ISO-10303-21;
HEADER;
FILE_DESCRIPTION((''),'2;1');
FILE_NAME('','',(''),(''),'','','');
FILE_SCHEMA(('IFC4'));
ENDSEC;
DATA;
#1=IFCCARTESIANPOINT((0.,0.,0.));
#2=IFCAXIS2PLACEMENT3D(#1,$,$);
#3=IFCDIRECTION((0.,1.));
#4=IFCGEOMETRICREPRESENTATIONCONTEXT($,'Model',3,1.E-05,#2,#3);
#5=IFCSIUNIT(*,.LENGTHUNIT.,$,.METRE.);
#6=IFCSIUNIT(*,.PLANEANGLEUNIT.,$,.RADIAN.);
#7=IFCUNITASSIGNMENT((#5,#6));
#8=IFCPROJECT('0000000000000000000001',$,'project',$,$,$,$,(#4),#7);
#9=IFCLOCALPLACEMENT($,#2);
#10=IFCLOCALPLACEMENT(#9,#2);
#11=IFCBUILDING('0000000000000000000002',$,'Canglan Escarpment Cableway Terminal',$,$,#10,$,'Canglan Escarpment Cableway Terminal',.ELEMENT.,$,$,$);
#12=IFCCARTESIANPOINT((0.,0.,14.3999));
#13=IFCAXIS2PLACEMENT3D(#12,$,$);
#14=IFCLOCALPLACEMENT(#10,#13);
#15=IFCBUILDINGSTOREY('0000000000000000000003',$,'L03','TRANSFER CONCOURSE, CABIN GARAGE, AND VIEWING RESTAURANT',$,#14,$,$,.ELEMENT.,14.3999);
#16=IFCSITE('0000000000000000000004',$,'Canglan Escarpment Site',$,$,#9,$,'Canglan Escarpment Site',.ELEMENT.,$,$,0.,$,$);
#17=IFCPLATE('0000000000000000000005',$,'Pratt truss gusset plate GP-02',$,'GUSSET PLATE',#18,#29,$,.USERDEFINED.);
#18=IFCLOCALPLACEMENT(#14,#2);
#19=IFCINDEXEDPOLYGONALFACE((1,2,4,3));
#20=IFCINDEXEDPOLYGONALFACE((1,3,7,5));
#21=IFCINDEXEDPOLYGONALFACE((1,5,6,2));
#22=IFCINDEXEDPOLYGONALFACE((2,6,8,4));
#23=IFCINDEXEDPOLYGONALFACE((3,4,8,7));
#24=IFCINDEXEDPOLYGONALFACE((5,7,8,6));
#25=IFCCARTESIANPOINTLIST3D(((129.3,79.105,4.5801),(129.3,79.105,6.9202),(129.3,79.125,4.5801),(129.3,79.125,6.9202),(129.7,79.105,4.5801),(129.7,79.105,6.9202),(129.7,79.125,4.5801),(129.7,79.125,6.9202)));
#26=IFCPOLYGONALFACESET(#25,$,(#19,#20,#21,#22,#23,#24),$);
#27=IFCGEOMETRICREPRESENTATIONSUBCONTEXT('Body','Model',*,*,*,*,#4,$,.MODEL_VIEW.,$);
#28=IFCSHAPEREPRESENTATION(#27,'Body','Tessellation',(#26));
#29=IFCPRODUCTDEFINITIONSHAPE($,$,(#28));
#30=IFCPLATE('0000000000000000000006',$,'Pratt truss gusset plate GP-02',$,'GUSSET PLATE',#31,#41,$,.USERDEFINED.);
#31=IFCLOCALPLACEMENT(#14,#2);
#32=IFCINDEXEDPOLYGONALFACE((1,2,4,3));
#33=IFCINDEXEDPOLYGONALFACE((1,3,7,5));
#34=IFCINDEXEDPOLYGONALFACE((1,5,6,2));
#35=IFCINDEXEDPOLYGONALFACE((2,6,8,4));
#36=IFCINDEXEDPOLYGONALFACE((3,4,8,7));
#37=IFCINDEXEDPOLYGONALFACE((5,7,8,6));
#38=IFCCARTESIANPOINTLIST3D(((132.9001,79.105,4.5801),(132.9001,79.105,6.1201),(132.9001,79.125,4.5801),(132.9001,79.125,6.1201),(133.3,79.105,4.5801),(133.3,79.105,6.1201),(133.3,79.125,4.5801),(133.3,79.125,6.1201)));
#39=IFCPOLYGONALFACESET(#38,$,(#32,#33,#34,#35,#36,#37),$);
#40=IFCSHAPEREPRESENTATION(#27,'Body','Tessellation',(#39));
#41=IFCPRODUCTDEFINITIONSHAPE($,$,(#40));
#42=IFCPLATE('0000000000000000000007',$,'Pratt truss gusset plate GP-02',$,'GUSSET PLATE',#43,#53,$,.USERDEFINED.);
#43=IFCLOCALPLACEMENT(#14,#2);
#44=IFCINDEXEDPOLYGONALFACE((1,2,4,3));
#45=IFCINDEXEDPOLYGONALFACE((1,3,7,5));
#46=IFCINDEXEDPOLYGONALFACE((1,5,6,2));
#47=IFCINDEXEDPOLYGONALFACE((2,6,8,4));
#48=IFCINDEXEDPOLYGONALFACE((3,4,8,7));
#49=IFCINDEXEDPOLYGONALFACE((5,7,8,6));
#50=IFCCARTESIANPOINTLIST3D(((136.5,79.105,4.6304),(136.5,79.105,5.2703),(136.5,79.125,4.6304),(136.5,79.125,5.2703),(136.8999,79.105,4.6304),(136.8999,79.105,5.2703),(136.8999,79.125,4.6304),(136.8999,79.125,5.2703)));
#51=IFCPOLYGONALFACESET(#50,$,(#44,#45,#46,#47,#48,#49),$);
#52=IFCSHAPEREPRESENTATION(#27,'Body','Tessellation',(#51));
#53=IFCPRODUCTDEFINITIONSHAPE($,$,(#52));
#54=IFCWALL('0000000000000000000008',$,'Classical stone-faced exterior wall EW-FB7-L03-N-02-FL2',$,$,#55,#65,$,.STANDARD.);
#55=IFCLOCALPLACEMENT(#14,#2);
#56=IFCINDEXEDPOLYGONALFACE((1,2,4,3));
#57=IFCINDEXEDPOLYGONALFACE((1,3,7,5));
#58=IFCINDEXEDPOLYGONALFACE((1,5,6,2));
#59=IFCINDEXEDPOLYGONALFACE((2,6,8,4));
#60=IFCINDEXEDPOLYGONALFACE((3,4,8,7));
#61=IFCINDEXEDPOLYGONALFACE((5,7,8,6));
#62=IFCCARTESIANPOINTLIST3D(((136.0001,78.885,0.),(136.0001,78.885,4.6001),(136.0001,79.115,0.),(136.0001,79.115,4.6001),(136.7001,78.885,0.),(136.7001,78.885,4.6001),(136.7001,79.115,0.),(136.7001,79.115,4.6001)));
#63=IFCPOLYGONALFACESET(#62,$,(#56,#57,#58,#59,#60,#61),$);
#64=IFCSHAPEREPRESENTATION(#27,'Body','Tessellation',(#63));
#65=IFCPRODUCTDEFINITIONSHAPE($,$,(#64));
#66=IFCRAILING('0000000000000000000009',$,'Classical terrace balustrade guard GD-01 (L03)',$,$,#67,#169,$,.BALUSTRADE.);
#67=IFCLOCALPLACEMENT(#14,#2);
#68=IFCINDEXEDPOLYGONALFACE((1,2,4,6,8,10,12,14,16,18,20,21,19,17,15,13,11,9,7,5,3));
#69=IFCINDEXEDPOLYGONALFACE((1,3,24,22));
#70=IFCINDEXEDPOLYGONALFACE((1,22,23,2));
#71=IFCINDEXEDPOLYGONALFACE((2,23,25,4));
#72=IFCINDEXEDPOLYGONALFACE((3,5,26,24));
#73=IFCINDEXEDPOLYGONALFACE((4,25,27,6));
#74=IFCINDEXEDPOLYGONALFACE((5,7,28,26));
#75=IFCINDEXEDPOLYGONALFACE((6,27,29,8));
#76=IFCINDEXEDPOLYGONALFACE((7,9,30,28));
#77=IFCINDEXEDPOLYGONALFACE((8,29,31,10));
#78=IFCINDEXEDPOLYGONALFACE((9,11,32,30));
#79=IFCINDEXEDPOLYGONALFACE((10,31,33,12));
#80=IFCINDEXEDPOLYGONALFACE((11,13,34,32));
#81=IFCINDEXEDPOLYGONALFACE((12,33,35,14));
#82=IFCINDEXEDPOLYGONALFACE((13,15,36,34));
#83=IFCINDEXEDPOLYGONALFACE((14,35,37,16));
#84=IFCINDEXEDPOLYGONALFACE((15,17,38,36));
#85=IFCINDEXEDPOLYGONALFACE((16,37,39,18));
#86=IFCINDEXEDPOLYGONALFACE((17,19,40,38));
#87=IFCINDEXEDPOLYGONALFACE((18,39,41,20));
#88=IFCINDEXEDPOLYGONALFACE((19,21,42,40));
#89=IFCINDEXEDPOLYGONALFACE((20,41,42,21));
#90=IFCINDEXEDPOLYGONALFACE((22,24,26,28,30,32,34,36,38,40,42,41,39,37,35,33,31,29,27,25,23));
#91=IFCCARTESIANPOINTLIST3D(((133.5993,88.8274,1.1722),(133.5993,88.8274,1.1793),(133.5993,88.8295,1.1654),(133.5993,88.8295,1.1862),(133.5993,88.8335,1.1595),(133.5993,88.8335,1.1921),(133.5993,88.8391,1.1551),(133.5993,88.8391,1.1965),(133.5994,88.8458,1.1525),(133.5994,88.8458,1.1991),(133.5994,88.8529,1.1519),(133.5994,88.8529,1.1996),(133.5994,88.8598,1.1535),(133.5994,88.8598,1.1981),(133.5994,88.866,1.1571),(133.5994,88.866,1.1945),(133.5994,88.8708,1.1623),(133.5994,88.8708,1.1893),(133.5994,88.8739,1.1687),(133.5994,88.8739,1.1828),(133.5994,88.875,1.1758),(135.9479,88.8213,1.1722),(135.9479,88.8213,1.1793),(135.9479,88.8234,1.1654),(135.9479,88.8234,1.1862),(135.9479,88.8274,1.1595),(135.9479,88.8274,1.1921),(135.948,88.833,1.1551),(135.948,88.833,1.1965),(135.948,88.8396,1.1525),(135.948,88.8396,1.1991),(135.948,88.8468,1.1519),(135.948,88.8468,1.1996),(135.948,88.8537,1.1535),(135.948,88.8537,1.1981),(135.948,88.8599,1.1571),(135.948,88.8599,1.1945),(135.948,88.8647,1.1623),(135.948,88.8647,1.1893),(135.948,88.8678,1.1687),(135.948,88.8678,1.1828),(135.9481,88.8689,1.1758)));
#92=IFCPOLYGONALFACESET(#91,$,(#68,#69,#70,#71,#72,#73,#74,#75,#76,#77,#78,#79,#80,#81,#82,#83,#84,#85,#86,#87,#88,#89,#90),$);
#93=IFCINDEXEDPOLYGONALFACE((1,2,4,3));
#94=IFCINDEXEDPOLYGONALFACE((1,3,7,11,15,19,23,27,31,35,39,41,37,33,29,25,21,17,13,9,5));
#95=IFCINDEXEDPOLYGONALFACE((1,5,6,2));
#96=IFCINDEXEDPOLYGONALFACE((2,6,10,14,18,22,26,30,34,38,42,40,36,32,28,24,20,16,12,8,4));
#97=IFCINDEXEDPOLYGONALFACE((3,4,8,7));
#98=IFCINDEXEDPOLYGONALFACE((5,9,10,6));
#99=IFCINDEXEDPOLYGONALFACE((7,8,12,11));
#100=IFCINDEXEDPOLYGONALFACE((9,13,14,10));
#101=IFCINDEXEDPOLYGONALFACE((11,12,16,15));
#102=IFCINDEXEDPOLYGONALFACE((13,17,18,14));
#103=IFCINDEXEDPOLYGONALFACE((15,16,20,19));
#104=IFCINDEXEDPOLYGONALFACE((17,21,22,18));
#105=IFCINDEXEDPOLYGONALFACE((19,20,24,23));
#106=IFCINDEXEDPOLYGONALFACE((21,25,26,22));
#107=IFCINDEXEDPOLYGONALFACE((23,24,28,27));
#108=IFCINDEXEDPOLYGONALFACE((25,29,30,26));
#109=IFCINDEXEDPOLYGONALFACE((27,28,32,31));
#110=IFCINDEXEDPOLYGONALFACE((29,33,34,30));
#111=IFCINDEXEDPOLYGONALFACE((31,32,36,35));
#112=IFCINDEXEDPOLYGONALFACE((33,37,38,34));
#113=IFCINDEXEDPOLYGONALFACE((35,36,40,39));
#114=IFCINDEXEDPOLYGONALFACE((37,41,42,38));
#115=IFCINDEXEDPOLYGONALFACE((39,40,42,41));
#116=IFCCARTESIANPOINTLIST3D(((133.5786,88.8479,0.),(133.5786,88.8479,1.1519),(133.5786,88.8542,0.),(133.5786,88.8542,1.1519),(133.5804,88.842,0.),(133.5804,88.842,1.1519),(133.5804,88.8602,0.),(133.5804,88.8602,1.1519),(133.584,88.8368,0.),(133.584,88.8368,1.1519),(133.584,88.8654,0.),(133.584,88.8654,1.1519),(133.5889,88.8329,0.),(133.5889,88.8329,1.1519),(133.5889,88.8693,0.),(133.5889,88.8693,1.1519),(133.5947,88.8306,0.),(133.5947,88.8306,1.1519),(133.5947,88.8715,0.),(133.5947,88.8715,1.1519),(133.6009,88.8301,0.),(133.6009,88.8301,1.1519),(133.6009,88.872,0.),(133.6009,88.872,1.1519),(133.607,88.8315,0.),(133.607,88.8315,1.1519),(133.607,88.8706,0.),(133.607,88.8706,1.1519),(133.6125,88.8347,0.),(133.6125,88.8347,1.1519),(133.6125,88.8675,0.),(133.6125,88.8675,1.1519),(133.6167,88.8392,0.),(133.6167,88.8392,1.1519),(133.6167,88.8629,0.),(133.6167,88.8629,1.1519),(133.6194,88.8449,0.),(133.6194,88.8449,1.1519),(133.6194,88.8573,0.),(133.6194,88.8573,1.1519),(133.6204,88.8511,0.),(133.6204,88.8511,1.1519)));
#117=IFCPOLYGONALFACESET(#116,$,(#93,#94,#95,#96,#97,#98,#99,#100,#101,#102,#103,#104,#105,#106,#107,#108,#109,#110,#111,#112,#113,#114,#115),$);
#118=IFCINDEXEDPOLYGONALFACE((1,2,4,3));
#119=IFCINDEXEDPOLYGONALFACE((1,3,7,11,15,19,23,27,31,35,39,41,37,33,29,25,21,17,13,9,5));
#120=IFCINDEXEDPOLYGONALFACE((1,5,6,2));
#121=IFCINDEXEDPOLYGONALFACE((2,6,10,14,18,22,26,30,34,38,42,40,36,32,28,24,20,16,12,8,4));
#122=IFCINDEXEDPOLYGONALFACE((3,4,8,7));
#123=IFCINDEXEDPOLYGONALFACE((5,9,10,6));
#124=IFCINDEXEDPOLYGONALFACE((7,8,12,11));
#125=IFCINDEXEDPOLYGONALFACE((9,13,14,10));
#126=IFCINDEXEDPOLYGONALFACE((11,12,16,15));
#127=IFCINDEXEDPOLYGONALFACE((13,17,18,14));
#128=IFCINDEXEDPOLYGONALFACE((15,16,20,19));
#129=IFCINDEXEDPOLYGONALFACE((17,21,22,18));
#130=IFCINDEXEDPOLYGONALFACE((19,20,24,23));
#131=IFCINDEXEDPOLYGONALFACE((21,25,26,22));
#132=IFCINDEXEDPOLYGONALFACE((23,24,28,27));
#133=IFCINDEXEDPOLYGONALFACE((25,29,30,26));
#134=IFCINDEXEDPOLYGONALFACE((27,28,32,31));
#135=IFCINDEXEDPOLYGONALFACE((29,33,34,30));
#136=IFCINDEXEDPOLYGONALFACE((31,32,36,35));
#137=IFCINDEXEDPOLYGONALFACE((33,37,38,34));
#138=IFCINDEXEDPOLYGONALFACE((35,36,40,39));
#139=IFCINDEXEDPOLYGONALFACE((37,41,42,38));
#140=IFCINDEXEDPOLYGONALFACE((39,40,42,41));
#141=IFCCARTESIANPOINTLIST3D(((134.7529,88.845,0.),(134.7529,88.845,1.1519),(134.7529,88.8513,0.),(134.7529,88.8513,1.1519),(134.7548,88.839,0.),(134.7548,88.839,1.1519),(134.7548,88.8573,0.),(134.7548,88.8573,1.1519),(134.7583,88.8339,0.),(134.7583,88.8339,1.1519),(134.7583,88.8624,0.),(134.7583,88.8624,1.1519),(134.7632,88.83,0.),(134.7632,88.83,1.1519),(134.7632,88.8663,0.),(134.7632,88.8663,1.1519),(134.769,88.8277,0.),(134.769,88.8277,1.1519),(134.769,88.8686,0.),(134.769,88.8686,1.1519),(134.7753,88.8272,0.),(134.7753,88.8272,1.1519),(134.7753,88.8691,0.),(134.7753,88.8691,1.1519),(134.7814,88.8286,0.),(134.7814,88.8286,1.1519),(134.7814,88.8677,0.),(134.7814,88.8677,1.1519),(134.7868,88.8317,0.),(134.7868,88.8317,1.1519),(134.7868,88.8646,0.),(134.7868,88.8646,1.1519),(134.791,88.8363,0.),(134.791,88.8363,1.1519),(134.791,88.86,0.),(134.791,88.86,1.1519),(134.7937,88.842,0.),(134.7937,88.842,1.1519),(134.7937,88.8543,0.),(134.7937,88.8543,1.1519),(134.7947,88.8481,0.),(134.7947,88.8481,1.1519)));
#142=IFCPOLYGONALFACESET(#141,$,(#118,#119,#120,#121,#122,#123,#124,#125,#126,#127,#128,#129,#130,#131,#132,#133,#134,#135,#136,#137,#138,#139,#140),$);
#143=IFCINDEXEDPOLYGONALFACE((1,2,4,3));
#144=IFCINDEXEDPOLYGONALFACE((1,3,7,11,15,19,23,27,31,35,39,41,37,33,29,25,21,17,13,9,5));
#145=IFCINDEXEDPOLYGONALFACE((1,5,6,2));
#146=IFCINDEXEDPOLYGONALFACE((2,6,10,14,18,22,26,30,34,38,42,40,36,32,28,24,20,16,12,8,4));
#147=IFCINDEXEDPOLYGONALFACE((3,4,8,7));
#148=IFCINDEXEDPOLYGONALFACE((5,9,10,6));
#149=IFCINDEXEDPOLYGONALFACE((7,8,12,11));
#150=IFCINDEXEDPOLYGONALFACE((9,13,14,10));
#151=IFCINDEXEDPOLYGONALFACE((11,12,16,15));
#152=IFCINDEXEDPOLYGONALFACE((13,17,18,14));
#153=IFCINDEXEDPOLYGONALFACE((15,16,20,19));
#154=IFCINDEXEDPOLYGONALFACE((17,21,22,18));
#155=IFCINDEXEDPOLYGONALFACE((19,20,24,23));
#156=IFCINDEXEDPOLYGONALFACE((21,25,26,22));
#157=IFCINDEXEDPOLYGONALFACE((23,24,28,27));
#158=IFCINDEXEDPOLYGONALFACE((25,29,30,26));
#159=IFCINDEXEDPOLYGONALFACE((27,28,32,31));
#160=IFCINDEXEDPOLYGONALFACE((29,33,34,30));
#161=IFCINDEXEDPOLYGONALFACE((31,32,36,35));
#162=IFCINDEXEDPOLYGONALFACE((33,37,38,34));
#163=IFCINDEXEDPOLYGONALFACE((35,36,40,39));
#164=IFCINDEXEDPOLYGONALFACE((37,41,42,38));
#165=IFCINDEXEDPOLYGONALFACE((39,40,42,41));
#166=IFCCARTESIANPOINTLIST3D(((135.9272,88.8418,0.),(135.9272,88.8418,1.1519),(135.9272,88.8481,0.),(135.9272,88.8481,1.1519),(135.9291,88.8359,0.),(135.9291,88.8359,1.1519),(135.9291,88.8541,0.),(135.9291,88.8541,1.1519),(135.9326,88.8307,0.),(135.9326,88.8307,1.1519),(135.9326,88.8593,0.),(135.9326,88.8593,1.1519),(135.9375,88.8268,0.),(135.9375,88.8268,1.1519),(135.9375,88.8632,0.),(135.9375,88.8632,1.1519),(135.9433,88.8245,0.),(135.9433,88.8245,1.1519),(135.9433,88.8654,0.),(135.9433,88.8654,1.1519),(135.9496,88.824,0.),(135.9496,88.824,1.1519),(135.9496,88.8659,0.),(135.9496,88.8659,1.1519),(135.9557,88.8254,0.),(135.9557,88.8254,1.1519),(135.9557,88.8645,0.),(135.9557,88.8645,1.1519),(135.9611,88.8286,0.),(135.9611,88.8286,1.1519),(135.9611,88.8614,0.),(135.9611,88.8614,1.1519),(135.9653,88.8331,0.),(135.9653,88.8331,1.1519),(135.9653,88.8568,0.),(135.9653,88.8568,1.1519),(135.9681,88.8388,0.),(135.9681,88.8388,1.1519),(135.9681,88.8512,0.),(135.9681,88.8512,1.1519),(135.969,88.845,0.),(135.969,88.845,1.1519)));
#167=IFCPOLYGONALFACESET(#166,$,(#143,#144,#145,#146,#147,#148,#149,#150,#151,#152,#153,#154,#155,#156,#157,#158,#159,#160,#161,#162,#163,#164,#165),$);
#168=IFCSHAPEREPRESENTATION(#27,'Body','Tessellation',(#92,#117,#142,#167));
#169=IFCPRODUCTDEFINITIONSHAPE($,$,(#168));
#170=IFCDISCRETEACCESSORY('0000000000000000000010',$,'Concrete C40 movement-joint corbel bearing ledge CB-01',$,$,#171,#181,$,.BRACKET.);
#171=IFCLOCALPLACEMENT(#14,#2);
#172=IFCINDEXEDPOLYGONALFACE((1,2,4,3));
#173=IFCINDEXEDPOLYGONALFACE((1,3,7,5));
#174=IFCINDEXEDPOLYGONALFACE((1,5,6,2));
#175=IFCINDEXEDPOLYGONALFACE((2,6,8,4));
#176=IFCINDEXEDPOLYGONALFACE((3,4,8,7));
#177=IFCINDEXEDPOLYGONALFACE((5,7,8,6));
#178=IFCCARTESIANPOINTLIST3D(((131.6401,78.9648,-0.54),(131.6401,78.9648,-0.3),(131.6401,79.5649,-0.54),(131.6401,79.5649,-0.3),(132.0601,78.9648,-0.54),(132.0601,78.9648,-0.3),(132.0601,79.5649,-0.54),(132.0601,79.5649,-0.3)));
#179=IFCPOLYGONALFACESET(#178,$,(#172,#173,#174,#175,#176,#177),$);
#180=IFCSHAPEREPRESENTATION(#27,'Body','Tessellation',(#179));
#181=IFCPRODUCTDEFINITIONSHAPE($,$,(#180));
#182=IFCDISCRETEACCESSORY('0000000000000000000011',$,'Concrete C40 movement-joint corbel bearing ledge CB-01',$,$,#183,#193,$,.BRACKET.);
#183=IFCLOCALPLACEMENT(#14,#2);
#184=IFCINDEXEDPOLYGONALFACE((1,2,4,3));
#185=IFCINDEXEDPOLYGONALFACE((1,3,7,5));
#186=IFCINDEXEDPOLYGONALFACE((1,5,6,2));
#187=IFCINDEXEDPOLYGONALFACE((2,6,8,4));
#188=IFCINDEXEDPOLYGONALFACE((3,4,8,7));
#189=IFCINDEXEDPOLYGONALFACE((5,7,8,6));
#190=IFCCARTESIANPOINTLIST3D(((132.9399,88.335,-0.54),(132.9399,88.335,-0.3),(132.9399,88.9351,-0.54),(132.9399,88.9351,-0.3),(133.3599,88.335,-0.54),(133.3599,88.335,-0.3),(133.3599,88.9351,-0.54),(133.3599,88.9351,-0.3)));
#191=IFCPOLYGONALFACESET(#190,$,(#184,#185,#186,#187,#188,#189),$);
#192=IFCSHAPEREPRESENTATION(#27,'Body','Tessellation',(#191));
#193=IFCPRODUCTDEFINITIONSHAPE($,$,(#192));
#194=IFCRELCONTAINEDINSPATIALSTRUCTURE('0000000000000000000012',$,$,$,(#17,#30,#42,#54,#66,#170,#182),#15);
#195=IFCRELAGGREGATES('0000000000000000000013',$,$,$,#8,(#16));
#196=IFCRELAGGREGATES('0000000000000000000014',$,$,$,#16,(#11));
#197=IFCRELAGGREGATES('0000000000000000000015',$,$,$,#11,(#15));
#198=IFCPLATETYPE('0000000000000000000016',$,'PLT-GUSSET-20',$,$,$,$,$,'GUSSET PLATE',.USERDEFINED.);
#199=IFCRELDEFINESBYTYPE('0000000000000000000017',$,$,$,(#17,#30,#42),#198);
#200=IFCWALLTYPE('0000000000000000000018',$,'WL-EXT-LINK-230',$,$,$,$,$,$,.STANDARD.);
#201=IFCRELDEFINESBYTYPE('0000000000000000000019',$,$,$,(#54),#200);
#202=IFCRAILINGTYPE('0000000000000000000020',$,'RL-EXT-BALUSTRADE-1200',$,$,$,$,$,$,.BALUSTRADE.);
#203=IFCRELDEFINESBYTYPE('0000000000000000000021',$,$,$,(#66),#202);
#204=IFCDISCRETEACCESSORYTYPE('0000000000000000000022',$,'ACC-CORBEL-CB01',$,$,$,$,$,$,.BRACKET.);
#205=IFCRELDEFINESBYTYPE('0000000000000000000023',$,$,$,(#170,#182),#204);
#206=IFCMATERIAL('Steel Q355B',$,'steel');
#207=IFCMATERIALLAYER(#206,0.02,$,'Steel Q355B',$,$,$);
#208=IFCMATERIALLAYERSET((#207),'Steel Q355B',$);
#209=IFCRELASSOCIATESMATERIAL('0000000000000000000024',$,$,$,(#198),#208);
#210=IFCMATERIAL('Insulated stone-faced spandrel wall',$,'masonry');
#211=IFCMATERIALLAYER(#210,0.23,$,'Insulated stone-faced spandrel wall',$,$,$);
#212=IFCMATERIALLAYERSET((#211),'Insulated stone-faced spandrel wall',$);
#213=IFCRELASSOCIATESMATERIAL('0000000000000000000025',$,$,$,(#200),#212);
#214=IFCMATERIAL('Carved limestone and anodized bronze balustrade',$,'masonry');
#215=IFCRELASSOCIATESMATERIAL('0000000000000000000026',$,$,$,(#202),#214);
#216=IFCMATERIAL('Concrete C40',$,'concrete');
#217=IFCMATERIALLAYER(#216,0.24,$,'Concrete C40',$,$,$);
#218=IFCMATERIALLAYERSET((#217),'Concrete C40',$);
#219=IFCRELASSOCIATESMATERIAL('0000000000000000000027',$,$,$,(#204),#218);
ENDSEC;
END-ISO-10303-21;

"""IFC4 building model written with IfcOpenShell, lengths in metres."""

from ifc_helpers import new_model, si_unit, direction, frame, frame_2d, origin, origin_2d, place, context, subcontext, project, spatial, rectangle, circle, extrude, material, layer, layer_set, type_object, element, save


model = new_model("IFC4")

# Units and contexts
model_context = context("Model", 3, precision=1e-05, world=origin(), true_north=direction((0.0, 1.0)))
body_context = subcontext(model_context, "Body", "Model", "MODEL_VIEW")
ifc_project = project(units=[si_unit("LENGTHUNIT", "METRE"), si_unit("PLANEANGLEUNIT", "RADIAN")], contexts=[model_context])

# Site, building, storey
site_placement = place(None, origin())
site = spatial("IfcSite", under=ifc_project, at=site_placement, Name="Canglan Escarpment Site", LongName="Canglan Escarpment Site", CompositionType="ELEMENT", RefElevation=0.0)
building_placement = place(site_placement, origin())
building = spatial("IfcBuilding", under=site, at=building_placement, Name="Canglan Escarpment Cableway Terminal", LongName="Canglan Escarpment Cableway Terminal", CompositionType="ELEMENT")
storey_placement = place(building_placement, frame((0.0, 0.0, 14.3999)))
storey = spatial("IfcBuildingStorey", under=building, at=storey_placement, Name="L03", Description="TRANSFER CONCOURSE, CABIN GARAGE, AND VIEWING RESTAURANT", CompositionType="ELEMENT", Elevation=14.3999)

# Shared definitions
ifc_material_1 = material(Name="Concrete C40", Category="concrete")

# Shared definitions
ifc_material_2 = material(Name="Steel Q355B", Category="steel")

# Plates
ifc_layer_1 = layer(ifc_material_2, 0.02, Name="Steel Q355B")
ifc_layer_set_1 = layer_set([ifc_layer_1], Name="Steel Q355B")
plate_type_1 = type_object("IfcPlateType", Name="PLT-GUSSET-20", ElementType="GUSSET PLATE", PredefinedType="USERDEFINED", material=ifc_layer_set_1)
plate_1_placement = place(storey_placement, frame((129.5, 79.115, 4.5801), z_axis=(0.0, 0.0, 1.0), x_axis=(1.0, 0.0, 0.0)))
element("IfcPlate", 1, at=plate_1_placement, inside=storey, type_object=plate_type_1, Name="Pratt truss gusset plate GP-02", ObjectType="GUSSET PLATE", PredefinedType="USERDEFINED", context=body_context, shape_type="SweptSolid", body=[
    extrude(rectangle(XDim=0.3999, YDim=0.02, at=origin_2d()), origin(), (0.0, 0.0, 1.0), 2.3401),
])
plate_2_placement = place(storey_placement, frame((133.1001, 79.115, 4.5801), z_axis=(0.0, 0.0, 1.0), x_axis=(1.0, 0.0, 0.0)))
element("IfcPlate", 2, at=plate_2_placement, inside=storey, type_object=plate_type_1, Name="Pratt truss gusset plate GP-02", ObjectType="GUSSET PLATE", PredefinedType="USERDEFINED", context=body_context, shape_type="SweptSolid", body=[
    extrude(rectangle(XDim=0.3999, YDim=0.02, at=origin_2d()), origin(), (0.0, 0.0, 1.0), 1.54),
])
plate_3_placement = place(storey_placement, frame((136.7, 79.115, 4.6304), z_axis=(0.0, 0.0, 1.0), x_axis=(1.0, 0.0, 0.0)))
element("IfcPlate", 3, at=plate_3_placement, inside=storey, type_object=plate_type_1, Name="Pratt truss gusset plate GP-02", ObjectType="GUSSET PLATE", PredefinedType="USERDEFINED", context=body_context, shape_type="SweptSolid", body=[
    extrude(rectangle(XDim=0.3999, YDim=0.02, at=origin_2d()), origin(), (0.0, 0.0, 1.0), 0.6399),
])

# Wall
ifc_material_3 = material(Name="Insulated stone-faced spandrel wall", Category="masonry")
ifc_layer_2 = layer(ifc_material_3, 0.23, Name="Insulated stone-faced spandrel wall")
ifc_layer_set_2 = layer_set([ifc_layer_2], Name="Insulated stone-faced spandrel wall")
wall_type = type_object("IfcWallType", Name="WL-EXT-LINK-230", PredefinedType="STANDARD", material=ifc_layer_set_2)
wall_placement = place(storey_placement, frame((136.0, 79.0, 0.0), z_axis=(0.0, 0.0, 1.0), x_axis=(1.0, 0.0, 0.0)))
element("IfcWall", 4, at=wall_placement, inside=storey, type_object=wall_type, Name="Classical stone-faced exterior wall EW-FB7-L03-N-02-FL2", PredefinedType="STANDARD", context=body_context, shape_type="SweptSolid", body=[
    extrude(rectangle(XDim=0.7, YDim=0.23, at=frame_2d((0.3501, 0.0))), origin(), (0.0, 0.0, 1.0), 4.6001),
])

# Railing
ifc_material_4 = material(Name="Carved limestone and anodized bronze balustrade", Category="masonry")
railing_type = type_object("IfcRailingType", Name="RL-EXT-BALUSTRADE-1200", PredefinedType="BALUSTRADE", material=ifc_material_4)
railing_1_placement = place(storey_placement, frame((133.5994, 88.8511, 0.0)))
element("IfcRailing", 5, at=railing_1_placement, inside=storey, type_object=railing_type, Name="Classical terrace balustrade guard GD-01 (L03)", PredefinedType="BALUSTRADE", context=body_context, shape_type="SweptSolid", body=[
    extrude(circle(Radius=0.0239, at=origin_2d()), frame((0.0, 0.0, 1.1758), z_axis=(0.999997, -0.002599, 0.0), x_axis=(0.002599, 0.999997, 0.0)), (0.0, 0.0, 1.0), 2.3486),
    extrude(circle(Radius=0.021, at=origin_2d()), origin(), (0.0, 0.0, 1.0), 1.1519),
    extrude(circle(Radius=0.021, at=origin_2d()), frame((1.1743, -0.0029, 0.0)), (0.0, 0.0, 1.0), 1.1519),
    extrude(circle(Radius=0.021, at=origin_2d()), frame((2.3486, -0.0061, 0.0)), (0.0, 0.0, 1.0), 1.1519),
])

# Discrete accessories
ifc_layer_3 = layer(ifc_material_1, 0.24, Name="Concrete C40")
ifc_layer_set_3 = layer_set([ifc_layer_3], Name="Concrete C40")
discrete_accessory_type_1 = type_object("IfcDiscreteAccessoryType", Name="ACC-CORBEL-CB01", PredefinedType="BRACKET", material=ifc_layer_set_3)
for number, where, z_axis, x_axis, name in (
    (6, (131.8501, 79.2649, -0.54), (0.0, 0.0, 1.0), (1.0, 0.0, 0.0), "Concrete C40 movement-joint corbel bearing ledge CB-01"),
    (7, (133.1499, 88.635, -0.54), (0.0, 0.0, 1.0), (1.0, 0.0, 0.0), "Concrete C40 movement-joint corbel bearing ledge CB-01"),
):
    element("IfcDiscreteAccessory", number, at=place(storey_placement, frame(where, z_axis=z_axis, x_axis=x_axis)), inside=storey, type_object=discrete_accessory_type_1, Name=name, PredefinedType="BRACKET", context=body_context, shape_type="SweptSolid", body=[
        extrude(rectangle(XDim=0.4199, YDim=0.6001, at=origin_2d()), origin(), (0.0, 0.0, 1.0), 0.24),
    ])

save(model, "model.ifc")
